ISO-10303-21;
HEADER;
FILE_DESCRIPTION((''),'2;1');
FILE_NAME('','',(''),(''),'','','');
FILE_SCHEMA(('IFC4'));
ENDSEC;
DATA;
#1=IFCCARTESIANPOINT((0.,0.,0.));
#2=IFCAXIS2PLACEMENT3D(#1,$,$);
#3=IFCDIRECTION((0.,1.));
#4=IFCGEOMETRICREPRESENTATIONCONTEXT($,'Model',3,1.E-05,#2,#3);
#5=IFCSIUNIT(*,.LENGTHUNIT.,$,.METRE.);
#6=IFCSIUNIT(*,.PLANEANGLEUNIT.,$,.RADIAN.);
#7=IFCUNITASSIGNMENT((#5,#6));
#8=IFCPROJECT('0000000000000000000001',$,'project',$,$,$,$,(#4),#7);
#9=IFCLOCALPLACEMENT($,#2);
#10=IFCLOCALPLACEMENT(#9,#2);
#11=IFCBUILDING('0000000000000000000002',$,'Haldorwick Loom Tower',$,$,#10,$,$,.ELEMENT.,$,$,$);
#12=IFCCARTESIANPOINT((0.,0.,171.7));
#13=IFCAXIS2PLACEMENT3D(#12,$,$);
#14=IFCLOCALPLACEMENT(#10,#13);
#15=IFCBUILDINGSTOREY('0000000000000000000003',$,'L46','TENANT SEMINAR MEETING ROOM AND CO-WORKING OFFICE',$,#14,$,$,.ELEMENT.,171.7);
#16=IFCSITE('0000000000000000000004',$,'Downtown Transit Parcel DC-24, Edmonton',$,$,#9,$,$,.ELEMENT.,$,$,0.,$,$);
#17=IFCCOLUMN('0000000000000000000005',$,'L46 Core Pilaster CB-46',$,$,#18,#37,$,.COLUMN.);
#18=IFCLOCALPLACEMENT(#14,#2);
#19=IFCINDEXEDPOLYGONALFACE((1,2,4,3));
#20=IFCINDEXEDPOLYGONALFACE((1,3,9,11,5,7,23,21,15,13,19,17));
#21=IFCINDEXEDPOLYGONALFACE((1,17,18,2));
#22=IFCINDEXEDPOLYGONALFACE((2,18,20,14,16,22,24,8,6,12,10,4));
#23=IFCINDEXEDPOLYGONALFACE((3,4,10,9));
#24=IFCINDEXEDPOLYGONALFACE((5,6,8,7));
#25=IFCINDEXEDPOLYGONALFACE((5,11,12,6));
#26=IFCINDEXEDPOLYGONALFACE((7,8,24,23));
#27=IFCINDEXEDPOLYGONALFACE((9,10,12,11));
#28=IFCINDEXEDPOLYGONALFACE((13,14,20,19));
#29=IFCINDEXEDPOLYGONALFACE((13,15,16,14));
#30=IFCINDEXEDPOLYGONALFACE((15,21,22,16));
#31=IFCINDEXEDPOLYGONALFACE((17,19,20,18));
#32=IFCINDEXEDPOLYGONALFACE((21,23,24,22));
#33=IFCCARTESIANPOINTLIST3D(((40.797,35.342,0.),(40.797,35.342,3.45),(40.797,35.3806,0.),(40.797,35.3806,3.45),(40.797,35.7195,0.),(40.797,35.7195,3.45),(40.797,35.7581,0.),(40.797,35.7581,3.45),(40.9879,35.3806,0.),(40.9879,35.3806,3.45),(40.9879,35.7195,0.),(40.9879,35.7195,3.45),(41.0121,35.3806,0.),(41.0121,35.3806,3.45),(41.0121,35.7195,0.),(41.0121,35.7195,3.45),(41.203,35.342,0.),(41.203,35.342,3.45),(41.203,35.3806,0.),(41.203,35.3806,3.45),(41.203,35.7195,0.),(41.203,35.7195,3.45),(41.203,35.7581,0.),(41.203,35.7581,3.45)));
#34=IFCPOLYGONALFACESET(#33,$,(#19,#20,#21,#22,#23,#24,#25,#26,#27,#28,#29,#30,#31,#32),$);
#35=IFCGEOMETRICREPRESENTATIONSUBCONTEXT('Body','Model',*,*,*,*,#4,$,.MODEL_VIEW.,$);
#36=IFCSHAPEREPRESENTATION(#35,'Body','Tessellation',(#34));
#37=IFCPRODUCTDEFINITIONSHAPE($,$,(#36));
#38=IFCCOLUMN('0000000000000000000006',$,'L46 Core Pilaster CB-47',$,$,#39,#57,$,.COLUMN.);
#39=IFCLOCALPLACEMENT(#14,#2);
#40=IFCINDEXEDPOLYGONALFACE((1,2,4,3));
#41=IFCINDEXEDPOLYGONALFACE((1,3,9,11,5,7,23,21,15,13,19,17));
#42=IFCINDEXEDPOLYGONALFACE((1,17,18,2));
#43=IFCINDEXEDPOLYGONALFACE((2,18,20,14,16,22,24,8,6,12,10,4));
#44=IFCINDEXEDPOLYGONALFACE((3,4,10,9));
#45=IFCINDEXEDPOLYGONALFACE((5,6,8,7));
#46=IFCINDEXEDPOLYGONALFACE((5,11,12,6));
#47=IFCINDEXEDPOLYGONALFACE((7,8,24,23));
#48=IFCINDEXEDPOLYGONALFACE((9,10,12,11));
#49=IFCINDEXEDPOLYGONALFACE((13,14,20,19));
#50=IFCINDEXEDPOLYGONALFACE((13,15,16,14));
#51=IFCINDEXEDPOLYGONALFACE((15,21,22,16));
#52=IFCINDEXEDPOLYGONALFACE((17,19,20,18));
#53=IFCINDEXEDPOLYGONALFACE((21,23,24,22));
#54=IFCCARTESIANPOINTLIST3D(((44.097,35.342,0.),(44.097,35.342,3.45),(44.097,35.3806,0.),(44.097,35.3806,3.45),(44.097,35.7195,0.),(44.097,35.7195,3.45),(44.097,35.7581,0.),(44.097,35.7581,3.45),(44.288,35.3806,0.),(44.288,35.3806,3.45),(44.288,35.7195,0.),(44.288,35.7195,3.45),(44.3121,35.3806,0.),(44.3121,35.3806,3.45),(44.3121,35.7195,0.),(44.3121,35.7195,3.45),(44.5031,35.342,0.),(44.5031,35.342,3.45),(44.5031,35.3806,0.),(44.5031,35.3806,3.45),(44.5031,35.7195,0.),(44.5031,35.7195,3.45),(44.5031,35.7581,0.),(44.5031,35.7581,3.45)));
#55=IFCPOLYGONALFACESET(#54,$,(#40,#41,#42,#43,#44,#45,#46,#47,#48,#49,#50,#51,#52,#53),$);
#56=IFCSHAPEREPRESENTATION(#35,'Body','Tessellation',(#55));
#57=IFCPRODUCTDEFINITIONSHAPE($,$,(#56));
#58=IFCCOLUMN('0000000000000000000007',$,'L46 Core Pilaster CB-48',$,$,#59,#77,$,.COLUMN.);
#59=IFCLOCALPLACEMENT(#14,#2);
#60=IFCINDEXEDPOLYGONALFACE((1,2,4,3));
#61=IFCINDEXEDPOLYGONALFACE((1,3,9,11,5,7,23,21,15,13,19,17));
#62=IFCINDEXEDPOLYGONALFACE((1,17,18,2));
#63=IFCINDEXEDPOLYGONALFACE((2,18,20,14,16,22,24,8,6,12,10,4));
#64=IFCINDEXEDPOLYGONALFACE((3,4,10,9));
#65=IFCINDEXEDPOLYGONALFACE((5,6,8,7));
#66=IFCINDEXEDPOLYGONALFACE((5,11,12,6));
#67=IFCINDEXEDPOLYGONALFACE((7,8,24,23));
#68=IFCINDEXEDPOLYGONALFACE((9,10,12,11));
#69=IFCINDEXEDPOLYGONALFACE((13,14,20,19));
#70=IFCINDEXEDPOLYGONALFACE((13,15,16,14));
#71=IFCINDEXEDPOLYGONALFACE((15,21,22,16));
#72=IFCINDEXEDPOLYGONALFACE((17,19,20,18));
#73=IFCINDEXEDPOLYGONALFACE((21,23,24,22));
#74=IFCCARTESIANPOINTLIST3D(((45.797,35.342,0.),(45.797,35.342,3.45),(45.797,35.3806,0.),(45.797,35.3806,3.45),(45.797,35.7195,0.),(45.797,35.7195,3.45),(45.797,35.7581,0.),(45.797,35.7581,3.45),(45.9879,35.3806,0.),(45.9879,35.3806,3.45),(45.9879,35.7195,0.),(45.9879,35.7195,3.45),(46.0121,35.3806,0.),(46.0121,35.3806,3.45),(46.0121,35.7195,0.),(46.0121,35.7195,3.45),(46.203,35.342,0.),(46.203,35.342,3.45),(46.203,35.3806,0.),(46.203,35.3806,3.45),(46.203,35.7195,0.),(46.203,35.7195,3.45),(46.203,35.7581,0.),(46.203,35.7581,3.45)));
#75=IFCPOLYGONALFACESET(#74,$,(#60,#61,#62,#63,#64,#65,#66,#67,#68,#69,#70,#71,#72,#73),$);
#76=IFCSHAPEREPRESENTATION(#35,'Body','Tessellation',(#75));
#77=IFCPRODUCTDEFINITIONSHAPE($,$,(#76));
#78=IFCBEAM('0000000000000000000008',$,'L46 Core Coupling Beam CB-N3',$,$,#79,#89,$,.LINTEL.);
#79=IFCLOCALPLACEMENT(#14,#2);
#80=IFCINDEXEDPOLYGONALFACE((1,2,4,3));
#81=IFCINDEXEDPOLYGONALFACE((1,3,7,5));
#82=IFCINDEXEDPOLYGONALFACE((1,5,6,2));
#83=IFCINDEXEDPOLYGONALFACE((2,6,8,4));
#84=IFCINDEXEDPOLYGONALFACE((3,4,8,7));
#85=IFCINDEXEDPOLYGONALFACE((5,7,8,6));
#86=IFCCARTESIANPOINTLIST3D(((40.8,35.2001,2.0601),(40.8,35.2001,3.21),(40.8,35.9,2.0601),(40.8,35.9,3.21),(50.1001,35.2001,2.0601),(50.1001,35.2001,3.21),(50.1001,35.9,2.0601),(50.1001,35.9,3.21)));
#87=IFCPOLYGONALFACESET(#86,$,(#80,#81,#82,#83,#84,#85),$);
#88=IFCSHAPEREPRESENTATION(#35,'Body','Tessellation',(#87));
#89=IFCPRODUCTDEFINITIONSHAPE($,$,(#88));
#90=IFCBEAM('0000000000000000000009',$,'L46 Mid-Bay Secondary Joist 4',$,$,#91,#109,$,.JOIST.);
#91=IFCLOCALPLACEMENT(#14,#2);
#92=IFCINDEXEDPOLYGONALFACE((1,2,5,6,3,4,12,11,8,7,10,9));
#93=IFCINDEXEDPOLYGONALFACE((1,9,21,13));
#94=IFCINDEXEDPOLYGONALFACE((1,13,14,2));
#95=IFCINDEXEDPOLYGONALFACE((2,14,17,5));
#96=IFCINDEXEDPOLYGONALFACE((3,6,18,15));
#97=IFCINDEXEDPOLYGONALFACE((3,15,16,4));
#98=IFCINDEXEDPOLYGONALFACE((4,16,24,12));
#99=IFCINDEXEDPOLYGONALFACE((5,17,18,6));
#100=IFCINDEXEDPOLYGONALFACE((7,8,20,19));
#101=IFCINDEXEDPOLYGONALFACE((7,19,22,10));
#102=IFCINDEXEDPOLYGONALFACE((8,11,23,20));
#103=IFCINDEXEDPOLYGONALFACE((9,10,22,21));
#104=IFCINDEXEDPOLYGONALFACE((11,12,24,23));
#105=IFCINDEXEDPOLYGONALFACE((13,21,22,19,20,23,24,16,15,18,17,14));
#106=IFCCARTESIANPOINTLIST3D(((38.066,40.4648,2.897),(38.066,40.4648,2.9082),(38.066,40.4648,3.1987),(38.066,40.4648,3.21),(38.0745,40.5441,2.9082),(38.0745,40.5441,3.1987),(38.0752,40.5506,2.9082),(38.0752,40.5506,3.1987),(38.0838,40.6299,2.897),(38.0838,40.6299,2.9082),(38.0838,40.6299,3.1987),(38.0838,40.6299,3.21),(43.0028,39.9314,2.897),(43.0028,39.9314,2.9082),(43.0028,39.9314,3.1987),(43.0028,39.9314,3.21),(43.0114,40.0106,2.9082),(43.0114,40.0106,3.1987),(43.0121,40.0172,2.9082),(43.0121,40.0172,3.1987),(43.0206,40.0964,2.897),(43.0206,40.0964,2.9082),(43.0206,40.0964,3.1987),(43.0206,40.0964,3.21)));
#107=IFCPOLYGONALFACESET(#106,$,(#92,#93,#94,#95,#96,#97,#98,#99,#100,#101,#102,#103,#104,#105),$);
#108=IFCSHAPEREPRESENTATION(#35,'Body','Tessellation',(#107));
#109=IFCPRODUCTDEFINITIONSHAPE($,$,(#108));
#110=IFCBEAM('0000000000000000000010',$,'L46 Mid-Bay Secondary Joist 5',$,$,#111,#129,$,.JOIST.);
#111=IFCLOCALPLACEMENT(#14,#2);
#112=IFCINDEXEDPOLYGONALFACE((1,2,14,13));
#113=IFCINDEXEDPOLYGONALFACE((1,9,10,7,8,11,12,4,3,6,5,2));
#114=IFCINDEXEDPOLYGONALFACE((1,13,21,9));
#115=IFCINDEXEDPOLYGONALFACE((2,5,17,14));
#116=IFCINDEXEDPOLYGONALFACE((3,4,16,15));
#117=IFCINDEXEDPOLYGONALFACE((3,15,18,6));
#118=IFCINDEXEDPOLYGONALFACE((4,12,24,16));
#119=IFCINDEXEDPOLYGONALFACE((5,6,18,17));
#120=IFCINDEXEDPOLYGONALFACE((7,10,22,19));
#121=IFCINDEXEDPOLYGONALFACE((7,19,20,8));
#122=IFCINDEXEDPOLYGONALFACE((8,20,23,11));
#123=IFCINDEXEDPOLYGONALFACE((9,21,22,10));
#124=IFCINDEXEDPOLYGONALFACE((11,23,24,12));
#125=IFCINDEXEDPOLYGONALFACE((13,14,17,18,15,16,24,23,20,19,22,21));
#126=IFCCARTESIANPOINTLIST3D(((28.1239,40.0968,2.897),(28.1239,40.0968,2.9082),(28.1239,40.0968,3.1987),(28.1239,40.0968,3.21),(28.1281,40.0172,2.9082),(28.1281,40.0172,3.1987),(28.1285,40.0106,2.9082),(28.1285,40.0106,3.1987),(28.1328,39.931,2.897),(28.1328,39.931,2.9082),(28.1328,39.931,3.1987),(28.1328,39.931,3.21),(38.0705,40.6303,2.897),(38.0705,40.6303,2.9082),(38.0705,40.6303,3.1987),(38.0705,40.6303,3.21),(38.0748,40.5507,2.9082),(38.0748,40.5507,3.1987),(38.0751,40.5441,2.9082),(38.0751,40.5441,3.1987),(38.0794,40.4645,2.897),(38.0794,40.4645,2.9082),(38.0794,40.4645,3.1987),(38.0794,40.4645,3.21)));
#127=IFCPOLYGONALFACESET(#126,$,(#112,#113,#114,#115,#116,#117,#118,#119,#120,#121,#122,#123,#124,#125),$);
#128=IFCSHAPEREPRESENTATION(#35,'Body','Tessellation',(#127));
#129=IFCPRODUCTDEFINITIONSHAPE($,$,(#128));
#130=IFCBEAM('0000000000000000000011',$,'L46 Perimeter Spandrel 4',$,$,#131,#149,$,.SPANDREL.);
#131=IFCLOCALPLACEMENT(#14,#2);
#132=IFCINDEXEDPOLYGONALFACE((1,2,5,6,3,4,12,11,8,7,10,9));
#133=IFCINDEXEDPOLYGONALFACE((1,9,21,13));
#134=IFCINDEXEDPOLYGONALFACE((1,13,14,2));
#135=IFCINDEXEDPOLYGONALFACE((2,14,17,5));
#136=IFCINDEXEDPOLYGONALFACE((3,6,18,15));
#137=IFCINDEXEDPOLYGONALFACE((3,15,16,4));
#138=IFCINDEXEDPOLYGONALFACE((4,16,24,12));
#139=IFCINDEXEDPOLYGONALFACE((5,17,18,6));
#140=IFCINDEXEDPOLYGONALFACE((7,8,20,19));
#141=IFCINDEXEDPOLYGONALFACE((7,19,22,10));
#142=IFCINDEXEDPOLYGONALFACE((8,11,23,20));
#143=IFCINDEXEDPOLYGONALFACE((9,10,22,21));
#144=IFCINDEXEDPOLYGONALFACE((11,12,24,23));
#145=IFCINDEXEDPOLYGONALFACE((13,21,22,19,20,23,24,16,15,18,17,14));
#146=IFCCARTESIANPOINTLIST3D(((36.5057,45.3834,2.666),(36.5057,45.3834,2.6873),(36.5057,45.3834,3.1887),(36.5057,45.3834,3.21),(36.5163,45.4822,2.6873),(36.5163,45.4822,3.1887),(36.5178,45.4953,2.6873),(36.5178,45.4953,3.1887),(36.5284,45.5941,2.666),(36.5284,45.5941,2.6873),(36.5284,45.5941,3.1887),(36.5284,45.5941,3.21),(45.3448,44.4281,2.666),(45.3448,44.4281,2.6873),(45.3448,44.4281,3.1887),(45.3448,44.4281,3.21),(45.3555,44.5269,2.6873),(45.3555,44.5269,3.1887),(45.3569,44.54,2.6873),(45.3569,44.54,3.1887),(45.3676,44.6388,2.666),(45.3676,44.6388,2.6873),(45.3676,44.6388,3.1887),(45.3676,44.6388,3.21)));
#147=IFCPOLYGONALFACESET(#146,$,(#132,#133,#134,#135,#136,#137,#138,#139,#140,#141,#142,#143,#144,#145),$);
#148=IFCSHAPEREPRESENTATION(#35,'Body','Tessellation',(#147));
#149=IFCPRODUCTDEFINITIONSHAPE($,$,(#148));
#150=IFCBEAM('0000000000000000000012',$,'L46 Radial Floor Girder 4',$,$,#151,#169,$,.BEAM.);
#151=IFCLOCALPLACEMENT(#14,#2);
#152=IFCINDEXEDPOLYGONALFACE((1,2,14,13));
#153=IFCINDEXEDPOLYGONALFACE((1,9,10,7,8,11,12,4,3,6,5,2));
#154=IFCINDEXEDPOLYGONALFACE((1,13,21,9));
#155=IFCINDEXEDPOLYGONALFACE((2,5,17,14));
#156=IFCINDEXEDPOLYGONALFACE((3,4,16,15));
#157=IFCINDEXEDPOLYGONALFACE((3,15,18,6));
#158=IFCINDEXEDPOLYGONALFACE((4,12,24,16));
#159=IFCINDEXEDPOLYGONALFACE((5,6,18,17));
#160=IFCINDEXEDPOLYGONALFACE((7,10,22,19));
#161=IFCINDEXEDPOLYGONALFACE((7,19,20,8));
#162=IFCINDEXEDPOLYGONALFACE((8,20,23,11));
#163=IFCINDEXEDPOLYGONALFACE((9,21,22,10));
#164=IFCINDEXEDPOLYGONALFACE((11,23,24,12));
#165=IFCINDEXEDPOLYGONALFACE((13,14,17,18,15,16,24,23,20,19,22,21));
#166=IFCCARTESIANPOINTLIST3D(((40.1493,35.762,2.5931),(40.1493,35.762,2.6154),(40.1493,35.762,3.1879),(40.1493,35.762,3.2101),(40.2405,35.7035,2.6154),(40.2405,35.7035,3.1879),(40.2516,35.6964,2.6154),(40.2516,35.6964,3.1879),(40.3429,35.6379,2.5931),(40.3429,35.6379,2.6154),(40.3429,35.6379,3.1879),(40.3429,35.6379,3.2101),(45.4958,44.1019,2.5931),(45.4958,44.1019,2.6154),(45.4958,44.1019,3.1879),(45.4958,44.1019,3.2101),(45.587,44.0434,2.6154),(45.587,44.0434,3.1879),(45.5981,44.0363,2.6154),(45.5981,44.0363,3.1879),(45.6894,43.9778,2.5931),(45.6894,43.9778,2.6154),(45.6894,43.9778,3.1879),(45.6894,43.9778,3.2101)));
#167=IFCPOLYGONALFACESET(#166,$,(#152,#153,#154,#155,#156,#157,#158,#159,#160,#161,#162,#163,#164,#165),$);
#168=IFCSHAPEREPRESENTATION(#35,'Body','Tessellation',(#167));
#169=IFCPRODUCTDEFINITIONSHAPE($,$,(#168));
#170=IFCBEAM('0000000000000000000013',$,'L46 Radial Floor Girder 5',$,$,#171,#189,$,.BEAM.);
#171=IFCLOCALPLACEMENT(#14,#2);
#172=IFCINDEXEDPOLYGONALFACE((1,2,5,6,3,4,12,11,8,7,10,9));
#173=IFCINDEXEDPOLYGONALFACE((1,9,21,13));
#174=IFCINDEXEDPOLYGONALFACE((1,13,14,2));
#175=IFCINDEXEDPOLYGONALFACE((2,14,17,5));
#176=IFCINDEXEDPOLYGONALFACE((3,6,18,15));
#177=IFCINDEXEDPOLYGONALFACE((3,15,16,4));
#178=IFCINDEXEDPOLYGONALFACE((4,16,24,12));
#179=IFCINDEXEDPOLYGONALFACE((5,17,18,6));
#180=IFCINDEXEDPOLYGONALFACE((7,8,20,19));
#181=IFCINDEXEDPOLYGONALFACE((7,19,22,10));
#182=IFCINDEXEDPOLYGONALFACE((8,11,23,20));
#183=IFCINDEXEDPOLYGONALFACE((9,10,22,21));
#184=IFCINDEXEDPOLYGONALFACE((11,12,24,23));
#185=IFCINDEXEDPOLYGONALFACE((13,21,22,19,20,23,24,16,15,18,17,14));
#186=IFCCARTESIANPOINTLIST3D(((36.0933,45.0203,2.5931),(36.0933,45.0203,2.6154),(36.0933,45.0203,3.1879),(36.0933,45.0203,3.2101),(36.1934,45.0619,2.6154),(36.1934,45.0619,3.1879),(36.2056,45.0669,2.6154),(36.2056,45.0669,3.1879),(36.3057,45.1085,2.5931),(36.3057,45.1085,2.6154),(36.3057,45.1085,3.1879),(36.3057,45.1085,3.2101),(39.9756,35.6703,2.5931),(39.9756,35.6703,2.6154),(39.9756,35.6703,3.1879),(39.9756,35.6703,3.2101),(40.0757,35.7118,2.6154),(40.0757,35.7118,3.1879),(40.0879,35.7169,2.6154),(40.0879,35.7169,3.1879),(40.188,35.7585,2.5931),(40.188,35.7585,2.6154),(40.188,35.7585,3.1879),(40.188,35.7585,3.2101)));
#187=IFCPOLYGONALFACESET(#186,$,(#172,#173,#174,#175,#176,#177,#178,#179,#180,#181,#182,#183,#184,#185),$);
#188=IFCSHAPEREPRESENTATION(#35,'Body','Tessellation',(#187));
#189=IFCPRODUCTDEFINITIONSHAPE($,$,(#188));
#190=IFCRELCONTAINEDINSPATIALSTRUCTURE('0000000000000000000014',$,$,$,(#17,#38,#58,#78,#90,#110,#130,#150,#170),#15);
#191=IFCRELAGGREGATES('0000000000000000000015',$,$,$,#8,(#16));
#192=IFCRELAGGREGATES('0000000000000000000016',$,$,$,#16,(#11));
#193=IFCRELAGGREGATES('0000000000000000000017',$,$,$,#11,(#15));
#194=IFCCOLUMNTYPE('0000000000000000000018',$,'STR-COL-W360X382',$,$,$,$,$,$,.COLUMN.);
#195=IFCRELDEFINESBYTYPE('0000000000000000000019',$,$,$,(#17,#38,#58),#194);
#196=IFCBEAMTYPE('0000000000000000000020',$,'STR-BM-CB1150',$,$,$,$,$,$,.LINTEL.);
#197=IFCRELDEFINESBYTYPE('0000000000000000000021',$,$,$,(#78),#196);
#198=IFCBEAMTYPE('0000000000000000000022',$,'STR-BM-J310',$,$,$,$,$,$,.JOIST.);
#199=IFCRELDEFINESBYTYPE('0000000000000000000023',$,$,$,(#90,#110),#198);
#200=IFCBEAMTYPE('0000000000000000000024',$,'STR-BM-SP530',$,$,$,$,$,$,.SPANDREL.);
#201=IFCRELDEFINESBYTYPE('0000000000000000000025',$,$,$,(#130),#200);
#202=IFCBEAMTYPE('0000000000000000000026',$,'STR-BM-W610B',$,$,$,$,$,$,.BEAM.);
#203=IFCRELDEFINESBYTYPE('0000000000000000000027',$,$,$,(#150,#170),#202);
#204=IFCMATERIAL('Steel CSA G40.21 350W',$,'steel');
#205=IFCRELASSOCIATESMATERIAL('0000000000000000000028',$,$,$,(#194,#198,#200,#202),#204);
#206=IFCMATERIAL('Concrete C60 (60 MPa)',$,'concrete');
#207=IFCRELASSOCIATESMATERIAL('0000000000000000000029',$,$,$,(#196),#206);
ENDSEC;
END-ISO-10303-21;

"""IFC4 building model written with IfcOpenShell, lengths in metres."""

from ifc_helpers import new_model, si_unit, direction, frame, origin, origin_2d, place, context, subcontext, project, spatial, rectangle, i_section, extrude, material, material_profile, profile_set, type_object, element, save


model = new_model("IFC4")

# Units and contexts
model_context = context("Model", 3, precision=1e-05, world=origin(), true_north=direction((0.0, 1.0)))
body_context = subcontext(model_context, "Body", "Model", "MODEL_VIEW")
ifc_project = project(units=[si_unit("LENGTHUNIT", "METRE"), si_unit("PLANEANGLEUNIT", "RADIAN")], contexts=[model_context])

# Site, building, storey
site_placement = place(None, origin())
site = spatial("IfcSite", under=ifc_project, at=site_placement, Name="Downtown Transit Parcel DC-24, Edmonton", CompositionType="ELEMENT", RefElevation=0.0)
building_placement = place(site_placement, origin())
building = spatial("IfcBuilding", under=site, at=building_placement, Name="Haldorwick Loom Tower", CompositionType="ELEMENT")
storey_placement = place(building_placement, frame((0.0, 0.0, 171.7)))
storey = spatial("IfcBuildingStorey", under=building, at=storey_placement, Name="L46", Description="TENANT SEMINAR MEETING ROOM AND CO-WORKING OFFICE", CompositionType="ELEMENT", Elevation=171.7)

# Columns
ifc_material_1 = material(Name="Concrete C60 (60 MPa)", Category="concrete")
ifc_material_2 = material(Name="Steel CSA G40.21 350W", Category="steel")
ifc_material_profile_1 = material_profile(ifc_material_2, i_section(OverallWidth=0.406, OverallDepth=0.416, WebThickness=0.0242, FlangeThickness=0.0386, at=origin_2d()), Name="W360X382", Category="steel")
ifc_profile_set_1 = profile_set([ifc_material_profile_1], Name="Steel CSA G40.21 350W")
column_type_1 = type_object("IfcColumnType", Name="STR-COL-W360X382", PredefinedType="COLUMN", material=ifc_profile_set_1)
for number, where, z_axis, x_axis, name in (
    (1, (41.0, 35.55, 0.0), (0.0, 0.0, 1.0), (1.0, 0.0, 0.0), "L46 Core Pilaster CB-46"),
    (2, (44.3, 35.55, 0.0), (0.0, 0.0, 1.0), (1.0, 0.0, 0.0), "L46 Core Pilaster CB-47"),
    (3, (46.0, 35.55, 0.0), (0.0, 0.0, 1.0), (1.0, 0.0, 0.0), "L46 Core Pilaster CB-48"),
):
    element("IfcColumn", number, at=place(storey_placement, frame(where, z_axis=z_axis, x_axis=x_axis)), inside=storey, type_object=column_type_1, Name=name, PredefinedType="COLUMN", context=body_context, shape_type="SweptSolid", body=[
        extrude(i_section(OverallWidth=0.406, OverallDepth=0.416, WebThickness=0.0242, FlangeThickness=0.0386, at=origin_2d()), origin(), (0.0, 0.0, 1.0), 3.45),
    ])

# Beams
ifc_material_profile_2 = material_profile(ifc_material_1, rectangle(XDim=0.7, YDim=1.1499, at=origin_2d()), Name="RC700X1150", Category="concrete")
ifc_profile_set_2 = profile_set([ifc_material_profile_2], Name="Concrete C60 (60 MPa)")
beam_type_1 = type_object("IfcBeamType", Name="STR-BM-CB1150", PredefinedType="LINTEL", material=ifc_profile_set_2)
beam_1_placement = place(storey_placement, frame((40.8, 35.55, 2.635), z_axis=(1.0, 0.0, 0.0), x_axis=(0.0, 1.0, 0.0)))
element("IfcBeam", 4, at=beam_1_placement, inside=storey, type_object=beam_type_1, Name="L46 Core Coupling Beam CB-N3", PredefinedType="LINTEL", context=body_context, shape_type="SweptSolid", body=[
    extrude(rectangle(XDim=0.7, YDim=1.1499, at=origin_2d()), origin(), (0.0, 0.0, 1.0), 9.3),
])
ifc_material_profile_3 = material_profile(ifc_material_2, i_section(OverallWidth=0.166, OverallDepth=0.313, WebThickness=0.0066, FlangeThickness=0.0112, at=origin_2d()), Name="W310X45", Category="steel")
ifc_profile_set_3 = profile_set([ifc_material_profile_3], Name="Steel CSA G40.21 350W")
beam_type_2 = type_object("IfcBeamType", Name="STR-BM-J310", PredefinedType="JOIST", material=ifc_profile_set_3)
beam_2_placement = place(storey_placement, frame((43.0117, 40.0139, 3.0535), z_axis=(-0.994213, 0.107431, 0.0), x_axis=(-0.107431, -0.994213, 0.0)))
element("IfcBeam", 5, at=beam_2_placement, inside=storey, type_object=beam_type_2, Name="L46 Mid-Bay Secondary Joist 4", PredefinedType="JOIST", context=body_context, shape_type="SweptSolid", body=[
    extrude(i_section(OverallWidth=0.166, OverallDepth=0.313, WebThickness=0.0066, FlangeThickness=0.0112, at=origin_2d()), origin(), (0.0, 0.0, 1.0), 4.9656),
])
beam_3_placement = place(storey_placement, frame((38.075, 40.5474, 3.0535), z_axis=(-0.998565, -0.053555, 0.0), x_axis=(0.053555, -0.998565, 0.0)))
element("IfcBeam", 6, at=beam_3_placement, inside=storey, type_object=beam_type_2, Name="L46 Mid-Bay Secondary Joist 5", PredefinedType="JOIST", context=body_context, shape_type="SweptSolid", body=[
    extrude(i_section(OverallWidth=0.166, OverallDepth=0.313, WebThickness=0.0066, FlangeThickness=0.0112, at=origin_2d()), origin(), (0.0, 0.0, 1.0), 9.9609),
])
ifc_material_profile_4 = material_profile(ifc_material_2, i_section(OverallWidth=0.2119, OverallDepth=0.5439, WebThickness=0.0132, FlangeThickness=0.0212, at=origin_2d()), Name="W530X123", Category="steel")
ifc_profile_set_4 = profile_set([ifc_material_profile_4], Name="Steel CSA G40.21 350W")
beam_type_3 = type_object("IfcBeamType", Name="STR-BM-SP530", PredefinedType="SPANDREL", material=ifc_profile_set_4)
beam_4_placement = place(storey_placement, frame((45.3562, 44.5334, 2.938), z_axis=(-0.99421, 0.107453, 0.0), x_axis=(-0.107453, -0.99421, 0.0)))
element("IfcBeam", 7, at=beam_4_placement, inside=storey, type_object=beam_type_3, Name="L46 Perimeter Spandrel 4", PredefinedType="SPANDREL", context=body_context, shape_type="SweptSolid", body=[
    extrude(i_section(OverallWidth=0.2119, OverallDepth=0.5439, WebThickness=0.0132, FlangeThickness=0.0212, at=origin_2d()), origin(), (0.0, 0.0, 1.0), 8.8906),
])
ifc_material_profile_5 = material_profile(ifc_material_2, i_section(OverallWidth=0.23, OverallDepth=0.6169, WebThickness=0.0132, FlangeThickness=0.0222, at=origin_2d()), Name="W610X140", Category="steel")
ifc_profile_set_5 = profile_set([ifc_material_profile_5], Name="Steel CSA G40.21 350W")
beam_type_4 = type_object("IfcBeamType", Name="STR-BM-W610B", PredefinedType="BEAM", material=ifc_profile_set_5)
beam_5_placement = place(storey_placement, frame((40.2461, 35.7, 2.9016), z_axis=(0.539693, 0.841862, 0.0), x_axis=(-0.841862, 0.539693, 0.0)))
element("IfcBeam", 8, at=beam_5_placement, inside=storey, type_object=beam_type_4, Name="L46 Radial Floor Girder 4", PredefinedType="BEAM", context=body_context, shape_type="SweptSolid", body=[
    extrude(i_section(OverallWidth=0.23, OverallDepth=0.6169, WebThickness=0.0132, FlangeThickness=0.0222, at=origin_2d()), origin(), (0.0, 0.0, 1.0), 9.9065),
])
beam_6_placement = place(storey_placement, frame((40.0818, 35.7144, 2.9016), z_axis=(-0.383475, 0.923551, 0.0), x_axis=(-0.923551, -0.383475, 0.0)))
element("IfcBeam", 9, at=beam_6_placement, inside=storey, type_object=beam_type_4, Name="L46 Radial Floor Girder 5", PredefinedType="BEAM", context=body_context, shape_type="SweptSolid", body=[
    extrude(i_section(OverallWidth=0.23, OverallDepth=0.6169, WebThickness=0.0132, FlangeThickness=0.0222, at=origin_2d()), origin(), (0.0, 0.0, 1.0), 10.124),
])

save(model, "model.ifc")
